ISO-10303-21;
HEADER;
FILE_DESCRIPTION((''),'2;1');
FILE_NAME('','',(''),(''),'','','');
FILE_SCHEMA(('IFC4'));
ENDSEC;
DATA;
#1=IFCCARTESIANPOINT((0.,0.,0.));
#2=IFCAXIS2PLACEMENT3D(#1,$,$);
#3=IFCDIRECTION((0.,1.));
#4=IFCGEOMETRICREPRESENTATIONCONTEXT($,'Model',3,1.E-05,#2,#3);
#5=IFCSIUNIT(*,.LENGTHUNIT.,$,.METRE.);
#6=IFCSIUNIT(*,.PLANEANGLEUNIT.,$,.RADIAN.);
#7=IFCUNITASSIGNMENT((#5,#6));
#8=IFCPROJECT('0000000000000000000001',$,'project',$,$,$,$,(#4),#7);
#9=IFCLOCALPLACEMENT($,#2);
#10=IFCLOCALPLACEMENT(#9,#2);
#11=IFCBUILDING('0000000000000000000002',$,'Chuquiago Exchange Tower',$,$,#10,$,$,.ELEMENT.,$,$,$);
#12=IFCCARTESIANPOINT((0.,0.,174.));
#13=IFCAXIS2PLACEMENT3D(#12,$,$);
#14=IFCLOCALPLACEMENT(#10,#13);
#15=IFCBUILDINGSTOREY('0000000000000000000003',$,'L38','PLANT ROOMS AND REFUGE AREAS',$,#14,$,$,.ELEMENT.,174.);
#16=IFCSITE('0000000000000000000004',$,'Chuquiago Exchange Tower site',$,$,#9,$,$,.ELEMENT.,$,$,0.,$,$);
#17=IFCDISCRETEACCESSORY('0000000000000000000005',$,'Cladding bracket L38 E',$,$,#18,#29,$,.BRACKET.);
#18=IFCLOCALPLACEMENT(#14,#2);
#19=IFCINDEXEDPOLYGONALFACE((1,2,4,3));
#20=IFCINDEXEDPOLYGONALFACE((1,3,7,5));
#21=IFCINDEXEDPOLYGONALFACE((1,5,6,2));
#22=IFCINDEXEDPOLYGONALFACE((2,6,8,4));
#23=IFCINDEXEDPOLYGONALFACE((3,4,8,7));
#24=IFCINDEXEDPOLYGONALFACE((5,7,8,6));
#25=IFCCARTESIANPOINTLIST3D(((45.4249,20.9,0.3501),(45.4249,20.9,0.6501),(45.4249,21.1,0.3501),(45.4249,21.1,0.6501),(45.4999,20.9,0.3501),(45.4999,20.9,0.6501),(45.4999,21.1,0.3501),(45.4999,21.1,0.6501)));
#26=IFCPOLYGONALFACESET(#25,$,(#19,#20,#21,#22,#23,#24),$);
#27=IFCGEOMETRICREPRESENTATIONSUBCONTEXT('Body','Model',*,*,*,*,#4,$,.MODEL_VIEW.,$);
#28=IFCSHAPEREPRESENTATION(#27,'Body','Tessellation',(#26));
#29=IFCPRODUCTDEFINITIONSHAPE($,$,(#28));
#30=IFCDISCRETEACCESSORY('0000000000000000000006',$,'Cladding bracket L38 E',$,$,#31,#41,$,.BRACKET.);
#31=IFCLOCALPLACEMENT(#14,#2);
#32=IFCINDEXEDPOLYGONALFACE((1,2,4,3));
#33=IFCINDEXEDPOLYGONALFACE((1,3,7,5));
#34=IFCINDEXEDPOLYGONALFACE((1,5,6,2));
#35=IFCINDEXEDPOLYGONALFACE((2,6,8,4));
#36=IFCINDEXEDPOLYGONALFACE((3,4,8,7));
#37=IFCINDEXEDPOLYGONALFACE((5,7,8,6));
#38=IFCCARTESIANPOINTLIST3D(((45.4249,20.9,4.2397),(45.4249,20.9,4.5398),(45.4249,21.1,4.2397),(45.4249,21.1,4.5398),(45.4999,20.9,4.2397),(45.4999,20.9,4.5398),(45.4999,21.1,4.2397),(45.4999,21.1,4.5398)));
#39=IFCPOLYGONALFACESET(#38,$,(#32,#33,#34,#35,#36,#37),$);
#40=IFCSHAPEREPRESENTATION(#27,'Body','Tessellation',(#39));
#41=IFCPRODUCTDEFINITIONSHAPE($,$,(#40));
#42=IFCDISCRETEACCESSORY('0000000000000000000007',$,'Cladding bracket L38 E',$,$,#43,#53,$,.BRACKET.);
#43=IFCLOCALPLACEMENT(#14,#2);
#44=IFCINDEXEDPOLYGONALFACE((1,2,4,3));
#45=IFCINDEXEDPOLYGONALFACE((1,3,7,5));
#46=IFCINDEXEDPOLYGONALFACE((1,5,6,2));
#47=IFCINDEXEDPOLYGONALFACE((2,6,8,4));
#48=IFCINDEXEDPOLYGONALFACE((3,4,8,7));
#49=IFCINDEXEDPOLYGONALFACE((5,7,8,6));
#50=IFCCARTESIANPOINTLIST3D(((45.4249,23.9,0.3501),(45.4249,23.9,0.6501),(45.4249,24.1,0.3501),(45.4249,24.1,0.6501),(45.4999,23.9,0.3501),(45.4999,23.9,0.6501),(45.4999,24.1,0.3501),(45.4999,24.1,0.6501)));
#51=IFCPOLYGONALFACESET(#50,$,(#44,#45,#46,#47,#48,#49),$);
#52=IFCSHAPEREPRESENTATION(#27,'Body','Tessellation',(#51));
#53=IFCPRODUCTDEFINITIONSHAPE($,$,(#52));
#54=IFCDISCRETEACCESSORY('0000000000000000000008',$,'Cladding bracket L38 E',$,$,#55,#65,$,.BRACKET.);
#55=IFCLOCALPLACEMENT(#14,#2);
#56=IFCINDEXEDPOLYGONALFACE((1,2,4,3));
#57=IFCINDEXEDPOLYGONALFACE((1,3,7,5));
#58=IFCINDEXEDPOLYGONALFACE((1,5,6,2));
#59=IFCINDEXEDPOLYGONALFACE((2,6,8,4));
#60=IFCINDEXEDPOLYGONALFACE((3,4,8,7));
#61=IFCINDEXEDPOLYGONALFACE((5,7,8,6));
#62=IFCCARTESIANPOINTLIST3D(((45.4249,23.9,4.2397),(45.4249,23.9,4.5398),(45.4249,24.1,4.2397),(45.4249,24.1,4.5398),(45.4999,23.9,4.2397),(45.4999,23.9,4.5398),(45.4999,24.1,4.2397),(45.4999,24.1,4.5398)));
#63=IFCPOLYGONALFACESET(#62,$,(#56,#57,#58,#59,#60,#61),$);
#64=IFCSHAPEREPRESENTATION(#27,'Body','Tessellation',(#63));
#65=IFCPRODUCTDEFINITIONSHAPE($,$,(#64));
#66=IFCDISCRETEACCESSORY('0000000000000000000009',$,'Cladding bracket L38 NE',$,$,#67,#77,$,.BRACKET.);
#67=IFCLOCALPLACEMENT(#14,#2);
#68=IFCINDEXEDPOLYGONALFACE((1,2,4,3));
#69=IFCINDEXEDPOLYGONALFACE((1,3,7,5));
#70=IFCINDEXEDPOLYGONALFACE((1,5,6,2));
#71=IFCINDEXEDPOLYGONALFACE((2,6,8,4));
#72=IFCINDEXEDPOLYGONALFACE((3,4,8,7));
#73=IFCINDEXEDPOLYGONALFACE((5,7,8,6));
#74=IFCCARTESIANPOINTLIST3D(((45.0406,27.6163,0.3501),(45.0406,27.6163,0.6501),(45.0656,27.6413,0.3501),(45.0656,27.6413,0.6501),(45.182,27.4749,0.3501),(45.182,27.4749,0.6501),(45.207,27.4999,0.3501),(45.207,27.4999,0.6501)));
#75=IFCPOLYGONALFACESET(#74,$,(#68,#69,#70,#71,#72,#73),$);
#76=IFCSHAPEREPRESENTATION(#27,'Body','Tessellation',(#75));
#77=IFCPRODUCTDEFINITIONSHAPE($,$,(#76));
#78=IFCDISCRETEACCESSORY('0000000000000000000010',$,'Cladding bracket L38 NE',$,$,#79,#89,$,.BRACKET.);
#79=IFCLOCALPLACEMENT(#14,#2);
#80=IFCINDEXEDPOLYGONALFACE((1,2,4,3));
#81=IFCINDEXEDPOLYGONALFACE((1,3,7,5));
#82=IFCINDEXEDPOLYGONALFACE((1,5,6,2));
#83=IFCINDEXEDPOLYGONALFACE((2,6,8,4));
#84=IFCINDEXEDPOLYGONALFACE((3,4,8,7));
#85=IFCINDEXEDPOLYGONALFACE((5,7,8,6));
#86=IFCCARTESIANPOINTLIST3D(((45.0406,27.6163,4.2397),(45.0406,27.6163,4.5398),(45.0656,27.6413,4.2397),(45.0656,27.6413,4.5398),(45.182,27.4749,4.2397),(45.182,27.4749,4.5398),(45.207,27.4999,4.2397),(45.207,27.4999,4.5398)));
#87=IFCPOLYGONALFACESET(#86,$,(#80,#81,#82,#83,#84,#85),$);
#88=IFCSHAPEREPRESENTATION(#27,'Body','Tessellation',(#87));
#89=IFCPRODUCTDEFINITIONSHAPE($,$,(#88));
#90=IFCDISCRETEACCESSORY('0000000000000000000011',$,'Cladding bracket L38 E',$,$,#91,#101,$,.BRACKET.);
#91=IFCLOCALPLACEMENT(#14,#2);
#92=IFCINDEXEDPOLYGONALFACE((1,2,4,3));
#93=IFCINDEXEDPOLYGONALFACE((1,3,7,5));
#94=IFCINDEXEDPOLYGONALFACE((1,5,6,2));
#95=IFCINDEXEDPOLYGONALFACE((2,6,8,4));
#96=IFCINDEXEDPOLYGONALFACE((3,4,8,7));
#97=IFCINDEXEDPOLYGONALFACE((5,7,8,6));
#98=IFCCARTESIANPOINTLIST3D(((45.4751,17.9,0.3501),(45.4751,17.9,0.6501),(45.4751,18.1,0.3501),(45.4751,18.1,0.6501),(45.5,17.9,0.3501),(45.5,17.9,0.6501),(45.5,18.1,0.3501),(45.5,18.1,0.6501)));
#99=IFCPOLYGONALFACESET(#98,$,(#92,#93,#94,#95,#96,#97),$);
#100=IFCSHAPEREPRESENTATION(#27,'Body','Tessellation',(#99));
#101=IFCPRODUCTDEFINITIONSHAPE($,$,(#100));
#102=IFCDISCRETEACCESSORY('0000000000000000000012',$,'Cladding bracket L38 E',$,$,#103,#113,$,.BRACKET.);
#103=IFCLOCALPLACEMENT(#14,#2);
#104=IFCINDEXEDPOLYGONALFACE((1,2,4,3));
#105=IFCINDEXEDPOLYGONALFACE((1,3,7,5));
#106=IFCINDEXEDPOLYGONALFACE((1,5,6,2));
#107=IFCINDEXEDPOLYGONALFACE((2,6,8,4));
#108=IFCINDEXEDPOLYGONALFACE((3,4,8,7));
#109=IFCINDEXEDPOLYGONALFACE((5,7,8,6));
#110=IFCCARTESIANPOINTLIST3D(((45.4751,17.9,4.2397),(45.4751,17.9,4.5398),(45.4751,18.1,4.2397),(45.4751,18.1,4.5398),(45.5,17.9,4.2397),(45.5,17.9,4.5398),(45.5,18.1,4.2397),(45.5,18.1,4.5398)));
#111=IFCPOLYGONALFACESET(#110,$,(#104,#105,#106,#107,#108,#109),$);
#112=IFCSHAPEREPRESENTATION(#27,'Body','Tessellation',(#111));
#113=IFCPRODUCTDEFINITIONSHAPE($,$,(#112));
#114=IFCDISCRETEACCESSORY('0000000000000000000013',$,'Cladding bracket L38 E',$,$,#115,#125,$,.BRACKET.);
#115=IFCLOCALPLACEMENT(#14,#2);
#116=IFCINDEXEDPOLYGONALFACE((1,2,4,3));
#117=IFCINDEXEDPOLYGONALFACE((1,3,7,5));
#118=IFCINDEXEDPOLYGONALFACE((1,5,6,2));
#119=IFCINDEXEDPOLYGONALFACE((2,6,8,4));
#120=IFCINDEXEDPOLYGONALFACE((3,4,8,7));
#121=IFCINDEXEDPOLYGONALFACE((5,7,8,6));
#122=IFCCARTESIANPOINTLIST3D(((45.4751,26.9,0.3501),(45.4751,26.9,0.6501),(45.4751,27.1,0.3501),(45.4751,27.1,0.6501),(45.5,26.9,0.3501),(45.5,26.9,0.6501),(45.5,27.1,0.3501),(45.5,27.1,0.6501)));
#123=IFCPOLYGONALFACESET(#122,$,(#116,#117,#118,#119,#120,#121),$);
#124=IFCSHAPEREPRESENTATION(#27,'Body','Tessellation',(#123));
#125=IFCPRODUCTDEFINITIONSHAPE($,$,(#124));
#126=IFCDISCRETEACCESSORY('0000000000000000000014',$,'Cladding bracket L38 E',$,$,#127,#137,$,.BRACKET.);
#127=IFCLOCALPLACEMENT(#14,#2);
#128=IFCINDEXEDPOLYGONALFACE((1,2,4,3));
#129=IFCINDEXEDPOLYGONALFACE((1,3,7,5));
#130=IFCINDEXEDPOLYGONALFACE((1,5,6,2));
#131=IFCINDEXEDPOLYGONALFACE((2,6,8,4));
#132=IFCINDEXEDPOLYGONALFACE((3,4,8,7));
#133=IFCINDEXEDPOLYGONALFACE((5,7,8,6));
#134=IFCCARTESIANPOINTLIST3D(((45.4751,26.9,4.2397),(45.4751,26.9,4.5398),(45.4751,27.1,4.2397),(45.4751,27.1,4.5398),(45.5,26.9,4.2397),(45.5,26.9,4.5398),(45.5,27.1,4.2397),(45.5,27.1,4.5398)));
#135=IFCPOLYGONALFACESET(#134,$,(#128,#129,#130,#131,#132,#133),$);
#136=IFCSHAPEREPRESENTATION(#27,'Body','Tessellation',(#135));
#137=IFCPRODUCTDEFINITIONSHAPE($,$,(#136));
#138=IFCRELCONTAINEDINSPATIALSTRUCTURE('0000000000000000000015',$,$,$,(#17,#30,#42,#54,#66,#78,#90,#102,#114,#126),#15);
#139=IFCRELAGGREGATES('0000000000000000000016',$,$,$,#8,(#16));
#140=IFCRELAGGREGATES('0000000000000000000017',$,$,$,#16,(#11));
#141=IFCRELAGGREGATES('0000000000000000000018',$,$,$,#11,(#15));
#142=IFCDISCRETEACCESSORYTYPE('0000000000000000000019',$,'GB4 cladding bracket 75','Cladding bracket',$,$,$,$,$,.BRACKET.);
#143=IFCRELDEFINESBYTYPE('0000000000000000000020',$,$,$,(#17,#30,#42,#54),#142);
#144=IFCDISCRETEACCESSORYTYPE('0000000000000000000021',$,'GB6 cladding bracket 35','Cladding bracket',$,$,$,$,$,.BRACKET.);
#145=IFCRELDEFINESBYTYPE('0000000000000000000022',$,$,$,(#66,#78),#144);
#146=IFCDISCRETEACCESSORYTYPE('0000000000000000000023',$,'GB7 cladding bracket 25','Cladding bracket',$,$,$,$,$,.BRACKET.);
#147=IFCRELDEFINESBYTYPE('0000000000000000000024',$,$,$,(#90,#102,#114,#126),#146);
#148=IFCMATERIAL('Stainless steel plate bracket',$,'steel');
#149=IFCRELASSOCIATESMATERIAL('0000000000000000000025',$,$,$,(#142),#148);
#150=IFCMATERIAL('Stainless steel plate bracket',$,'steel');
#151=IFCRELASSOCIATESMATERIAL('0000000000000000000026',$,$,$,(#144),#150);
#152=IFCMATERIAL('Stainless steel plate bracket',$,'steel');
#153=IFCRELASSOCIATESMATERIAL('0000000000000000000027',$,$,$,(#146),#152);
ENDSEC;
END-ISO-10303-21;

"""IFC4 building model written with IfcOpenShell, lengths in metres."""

from ifc_helpers import new_model, si_unit, direction, frame, origin, origin_2d, place, context, subcontext, project, spatial, rectangle, extrude, material, type_object, element, save


model = new_model("IFC4")

# Units and contexts
model_context = context("Model", 3, precision=1e-05, world=origin(), true_north=direction((0.0, 1.0)))
body_context = subcontext(model_context, "Body", "Model", "MODEL_VIEW")
ifc_project = project(units=[si_unit("LENGTHUNIT", "METRE"), si_unit("PLANEANGLEUNIT", "RADIAN")], contexts=[model_context])

# Site, building, storey
site_placement = place(None, origin())
site = spatial("IfcSite", under=ifc_project, at=site_placement, Name="Chuquiago Exchange Tower site", CompositionType="ELEMENT", RefElevation=0.0)
building_placement = place(site_placement, origin())
building = spatial("IfcBuilding", under=site, at=building_placement, Name="Chuquiago Exchange Tower", CompositionType="ELEMENT")
storey_placement = place(building_placement, frame((0.0, 0.0, 174.0)))
storey = spatial("IfcBuildingStorey", under=building, at=storey_placement, Name="L38", Description="PLANT ROOMS AND REFUGE AREAS", CompositionType="ELEMENT", Elevation=174.0)

# Discrete accessories
ifc_material_1 = material(Name="Stainless steel plate bracket", Category="steel")
discrete_accessory_type_1 = type_object("IfcDiscreteAccessoryType", Name="GB4 cladding bracket 75", Description="Cladding bracket", PredefinedType="BRACKET", material=ifc_material_1)
for number, where, z_axis, x_axis, name in (
    (1, (45.4624, 21.0, 0.3501), (0.0, 0.0, 1.0), (0.0, 1.0, 0.0), "Cladding bracket L38 E"),
    (2, (45.4624, 21.0, 4.2397), (0.0, 0.0, 1.0), (0.0, 1.0, 0.0), "Cladding bracket L38 E"),
    (3, (45.4624, 24.0, 0.3501), (0.0, 0.0, 1.0), (0.0, 1.0, 0.0), "Cladding bracket L38 E"),
    (4, (45.4624, 24.0, 4.2397), (0.0, 0.0, 1.0), (0.0, 1.0, 0.0), "Cladding bracket L38 E"),
):
    element("IfcDiscreteAccessory", number, at=place(storey_placement, frame(where, z_axis=z_axis, x_axis=x_axis)), inside=storey, type_object=discrete_accessory_type_1, Name=name, PredefinedType="BRACKET", context=body_context, shape_type="SweptSolid", body=[
        extrude(rectangle(XDim=0.2, YDim=0.075, at=origin_2d()), origin(), (0.0, 0.0, 1.0), 0.3),
    ])
ifc_material_2 = material(Name="Stainless steel plate bracket", Category="steel")
discrete_accessory_type_2 = type_object("IfcDiscreteAccessoryType", Name="GB6 cladding bracket 35", Description="Cladding bracket", PredefinedType="BRACKET", material=ifc_material_2)
for number, where, z_axis, x_axis, name in (
    (5, (45.1238, 27.5581, 0.3501), (0.0, 0.0, 1.0), (-0.707107, 0.707107, 0.0), "Cladding bracket L38 NE"),
    (6, (45.1238, 27.5581, 4.2397), (0.0, 0.0, 1.0), (-0.707107, 0.707107, 0.0), "Cladding bracket L38 NE"),
):
    element("IfcDiscreteAccessory", number, at=place(storey_placement, frame(where, z_axis=z_axis, x_axis=x_axis)), inside=storey, type_object=discrete_accessory_type_2, Name=name, PredefinedType="BRACKET", context=body_context, shape_type="SweptSolid", body=[
        extrude(rectangle(XDim=0.2, YDim=0.0354, at=origin_2d()), origin(), (0.0, 0.0, 1.0), 0.3),
    ])
ifc_material_3 = material(Name="Stainless steel plate bracket", Category="steel")
discrete_accessory_type_3 = type_object("IfcDiscreteAccessoryType", Name="GB7 cladding bracket 25", Description="Cladding bracket", PredefinedType="BRACKET", material=ifc_material_3)
for number, where, z_axis, x_axis, name in (
    (7, (45.4875, 18.0, 0.3501), (0.0, 0.0, 1.0), (0.0, 1.0, 0.0), "Cladding bracket L38 E"),
    (8, (45.4875, 18.0, 4.2397), (0.0, 0.0, 1.0), (0.0, 1.0, 0.0), "Cladding bracket L38 E"),
    (9, (45.4875, 27.0, 0.3501), (0.0, 0.0, 1.0), (0.0, 1.0, 0.0), "Cladding bracket L38 E"),
    (10, (45.4875, 27.0, 4.2397), (0.0, 0.0, 1.0), (0.0, 1.0, 0.0), "Cladding bracket L38 E"),
):
    element("IfcDiscreteAccessory", number, at=place(storey_placement, frame(where, z_axis=z_axis, x_axis=x_axis)), inside=storey, type_object=discrete_accessory_type_3, Name=name, PredefinedType="BRACKET", context=body_context, shape_type="SweptSolid", body=[
        extrude(rectangle(XDim=0.2, YDim=0.0249, at=origin_2d()), origin(), (0.0, 0.0, 1.0), 0.3),
    ])

save(model, "model.ifc")
